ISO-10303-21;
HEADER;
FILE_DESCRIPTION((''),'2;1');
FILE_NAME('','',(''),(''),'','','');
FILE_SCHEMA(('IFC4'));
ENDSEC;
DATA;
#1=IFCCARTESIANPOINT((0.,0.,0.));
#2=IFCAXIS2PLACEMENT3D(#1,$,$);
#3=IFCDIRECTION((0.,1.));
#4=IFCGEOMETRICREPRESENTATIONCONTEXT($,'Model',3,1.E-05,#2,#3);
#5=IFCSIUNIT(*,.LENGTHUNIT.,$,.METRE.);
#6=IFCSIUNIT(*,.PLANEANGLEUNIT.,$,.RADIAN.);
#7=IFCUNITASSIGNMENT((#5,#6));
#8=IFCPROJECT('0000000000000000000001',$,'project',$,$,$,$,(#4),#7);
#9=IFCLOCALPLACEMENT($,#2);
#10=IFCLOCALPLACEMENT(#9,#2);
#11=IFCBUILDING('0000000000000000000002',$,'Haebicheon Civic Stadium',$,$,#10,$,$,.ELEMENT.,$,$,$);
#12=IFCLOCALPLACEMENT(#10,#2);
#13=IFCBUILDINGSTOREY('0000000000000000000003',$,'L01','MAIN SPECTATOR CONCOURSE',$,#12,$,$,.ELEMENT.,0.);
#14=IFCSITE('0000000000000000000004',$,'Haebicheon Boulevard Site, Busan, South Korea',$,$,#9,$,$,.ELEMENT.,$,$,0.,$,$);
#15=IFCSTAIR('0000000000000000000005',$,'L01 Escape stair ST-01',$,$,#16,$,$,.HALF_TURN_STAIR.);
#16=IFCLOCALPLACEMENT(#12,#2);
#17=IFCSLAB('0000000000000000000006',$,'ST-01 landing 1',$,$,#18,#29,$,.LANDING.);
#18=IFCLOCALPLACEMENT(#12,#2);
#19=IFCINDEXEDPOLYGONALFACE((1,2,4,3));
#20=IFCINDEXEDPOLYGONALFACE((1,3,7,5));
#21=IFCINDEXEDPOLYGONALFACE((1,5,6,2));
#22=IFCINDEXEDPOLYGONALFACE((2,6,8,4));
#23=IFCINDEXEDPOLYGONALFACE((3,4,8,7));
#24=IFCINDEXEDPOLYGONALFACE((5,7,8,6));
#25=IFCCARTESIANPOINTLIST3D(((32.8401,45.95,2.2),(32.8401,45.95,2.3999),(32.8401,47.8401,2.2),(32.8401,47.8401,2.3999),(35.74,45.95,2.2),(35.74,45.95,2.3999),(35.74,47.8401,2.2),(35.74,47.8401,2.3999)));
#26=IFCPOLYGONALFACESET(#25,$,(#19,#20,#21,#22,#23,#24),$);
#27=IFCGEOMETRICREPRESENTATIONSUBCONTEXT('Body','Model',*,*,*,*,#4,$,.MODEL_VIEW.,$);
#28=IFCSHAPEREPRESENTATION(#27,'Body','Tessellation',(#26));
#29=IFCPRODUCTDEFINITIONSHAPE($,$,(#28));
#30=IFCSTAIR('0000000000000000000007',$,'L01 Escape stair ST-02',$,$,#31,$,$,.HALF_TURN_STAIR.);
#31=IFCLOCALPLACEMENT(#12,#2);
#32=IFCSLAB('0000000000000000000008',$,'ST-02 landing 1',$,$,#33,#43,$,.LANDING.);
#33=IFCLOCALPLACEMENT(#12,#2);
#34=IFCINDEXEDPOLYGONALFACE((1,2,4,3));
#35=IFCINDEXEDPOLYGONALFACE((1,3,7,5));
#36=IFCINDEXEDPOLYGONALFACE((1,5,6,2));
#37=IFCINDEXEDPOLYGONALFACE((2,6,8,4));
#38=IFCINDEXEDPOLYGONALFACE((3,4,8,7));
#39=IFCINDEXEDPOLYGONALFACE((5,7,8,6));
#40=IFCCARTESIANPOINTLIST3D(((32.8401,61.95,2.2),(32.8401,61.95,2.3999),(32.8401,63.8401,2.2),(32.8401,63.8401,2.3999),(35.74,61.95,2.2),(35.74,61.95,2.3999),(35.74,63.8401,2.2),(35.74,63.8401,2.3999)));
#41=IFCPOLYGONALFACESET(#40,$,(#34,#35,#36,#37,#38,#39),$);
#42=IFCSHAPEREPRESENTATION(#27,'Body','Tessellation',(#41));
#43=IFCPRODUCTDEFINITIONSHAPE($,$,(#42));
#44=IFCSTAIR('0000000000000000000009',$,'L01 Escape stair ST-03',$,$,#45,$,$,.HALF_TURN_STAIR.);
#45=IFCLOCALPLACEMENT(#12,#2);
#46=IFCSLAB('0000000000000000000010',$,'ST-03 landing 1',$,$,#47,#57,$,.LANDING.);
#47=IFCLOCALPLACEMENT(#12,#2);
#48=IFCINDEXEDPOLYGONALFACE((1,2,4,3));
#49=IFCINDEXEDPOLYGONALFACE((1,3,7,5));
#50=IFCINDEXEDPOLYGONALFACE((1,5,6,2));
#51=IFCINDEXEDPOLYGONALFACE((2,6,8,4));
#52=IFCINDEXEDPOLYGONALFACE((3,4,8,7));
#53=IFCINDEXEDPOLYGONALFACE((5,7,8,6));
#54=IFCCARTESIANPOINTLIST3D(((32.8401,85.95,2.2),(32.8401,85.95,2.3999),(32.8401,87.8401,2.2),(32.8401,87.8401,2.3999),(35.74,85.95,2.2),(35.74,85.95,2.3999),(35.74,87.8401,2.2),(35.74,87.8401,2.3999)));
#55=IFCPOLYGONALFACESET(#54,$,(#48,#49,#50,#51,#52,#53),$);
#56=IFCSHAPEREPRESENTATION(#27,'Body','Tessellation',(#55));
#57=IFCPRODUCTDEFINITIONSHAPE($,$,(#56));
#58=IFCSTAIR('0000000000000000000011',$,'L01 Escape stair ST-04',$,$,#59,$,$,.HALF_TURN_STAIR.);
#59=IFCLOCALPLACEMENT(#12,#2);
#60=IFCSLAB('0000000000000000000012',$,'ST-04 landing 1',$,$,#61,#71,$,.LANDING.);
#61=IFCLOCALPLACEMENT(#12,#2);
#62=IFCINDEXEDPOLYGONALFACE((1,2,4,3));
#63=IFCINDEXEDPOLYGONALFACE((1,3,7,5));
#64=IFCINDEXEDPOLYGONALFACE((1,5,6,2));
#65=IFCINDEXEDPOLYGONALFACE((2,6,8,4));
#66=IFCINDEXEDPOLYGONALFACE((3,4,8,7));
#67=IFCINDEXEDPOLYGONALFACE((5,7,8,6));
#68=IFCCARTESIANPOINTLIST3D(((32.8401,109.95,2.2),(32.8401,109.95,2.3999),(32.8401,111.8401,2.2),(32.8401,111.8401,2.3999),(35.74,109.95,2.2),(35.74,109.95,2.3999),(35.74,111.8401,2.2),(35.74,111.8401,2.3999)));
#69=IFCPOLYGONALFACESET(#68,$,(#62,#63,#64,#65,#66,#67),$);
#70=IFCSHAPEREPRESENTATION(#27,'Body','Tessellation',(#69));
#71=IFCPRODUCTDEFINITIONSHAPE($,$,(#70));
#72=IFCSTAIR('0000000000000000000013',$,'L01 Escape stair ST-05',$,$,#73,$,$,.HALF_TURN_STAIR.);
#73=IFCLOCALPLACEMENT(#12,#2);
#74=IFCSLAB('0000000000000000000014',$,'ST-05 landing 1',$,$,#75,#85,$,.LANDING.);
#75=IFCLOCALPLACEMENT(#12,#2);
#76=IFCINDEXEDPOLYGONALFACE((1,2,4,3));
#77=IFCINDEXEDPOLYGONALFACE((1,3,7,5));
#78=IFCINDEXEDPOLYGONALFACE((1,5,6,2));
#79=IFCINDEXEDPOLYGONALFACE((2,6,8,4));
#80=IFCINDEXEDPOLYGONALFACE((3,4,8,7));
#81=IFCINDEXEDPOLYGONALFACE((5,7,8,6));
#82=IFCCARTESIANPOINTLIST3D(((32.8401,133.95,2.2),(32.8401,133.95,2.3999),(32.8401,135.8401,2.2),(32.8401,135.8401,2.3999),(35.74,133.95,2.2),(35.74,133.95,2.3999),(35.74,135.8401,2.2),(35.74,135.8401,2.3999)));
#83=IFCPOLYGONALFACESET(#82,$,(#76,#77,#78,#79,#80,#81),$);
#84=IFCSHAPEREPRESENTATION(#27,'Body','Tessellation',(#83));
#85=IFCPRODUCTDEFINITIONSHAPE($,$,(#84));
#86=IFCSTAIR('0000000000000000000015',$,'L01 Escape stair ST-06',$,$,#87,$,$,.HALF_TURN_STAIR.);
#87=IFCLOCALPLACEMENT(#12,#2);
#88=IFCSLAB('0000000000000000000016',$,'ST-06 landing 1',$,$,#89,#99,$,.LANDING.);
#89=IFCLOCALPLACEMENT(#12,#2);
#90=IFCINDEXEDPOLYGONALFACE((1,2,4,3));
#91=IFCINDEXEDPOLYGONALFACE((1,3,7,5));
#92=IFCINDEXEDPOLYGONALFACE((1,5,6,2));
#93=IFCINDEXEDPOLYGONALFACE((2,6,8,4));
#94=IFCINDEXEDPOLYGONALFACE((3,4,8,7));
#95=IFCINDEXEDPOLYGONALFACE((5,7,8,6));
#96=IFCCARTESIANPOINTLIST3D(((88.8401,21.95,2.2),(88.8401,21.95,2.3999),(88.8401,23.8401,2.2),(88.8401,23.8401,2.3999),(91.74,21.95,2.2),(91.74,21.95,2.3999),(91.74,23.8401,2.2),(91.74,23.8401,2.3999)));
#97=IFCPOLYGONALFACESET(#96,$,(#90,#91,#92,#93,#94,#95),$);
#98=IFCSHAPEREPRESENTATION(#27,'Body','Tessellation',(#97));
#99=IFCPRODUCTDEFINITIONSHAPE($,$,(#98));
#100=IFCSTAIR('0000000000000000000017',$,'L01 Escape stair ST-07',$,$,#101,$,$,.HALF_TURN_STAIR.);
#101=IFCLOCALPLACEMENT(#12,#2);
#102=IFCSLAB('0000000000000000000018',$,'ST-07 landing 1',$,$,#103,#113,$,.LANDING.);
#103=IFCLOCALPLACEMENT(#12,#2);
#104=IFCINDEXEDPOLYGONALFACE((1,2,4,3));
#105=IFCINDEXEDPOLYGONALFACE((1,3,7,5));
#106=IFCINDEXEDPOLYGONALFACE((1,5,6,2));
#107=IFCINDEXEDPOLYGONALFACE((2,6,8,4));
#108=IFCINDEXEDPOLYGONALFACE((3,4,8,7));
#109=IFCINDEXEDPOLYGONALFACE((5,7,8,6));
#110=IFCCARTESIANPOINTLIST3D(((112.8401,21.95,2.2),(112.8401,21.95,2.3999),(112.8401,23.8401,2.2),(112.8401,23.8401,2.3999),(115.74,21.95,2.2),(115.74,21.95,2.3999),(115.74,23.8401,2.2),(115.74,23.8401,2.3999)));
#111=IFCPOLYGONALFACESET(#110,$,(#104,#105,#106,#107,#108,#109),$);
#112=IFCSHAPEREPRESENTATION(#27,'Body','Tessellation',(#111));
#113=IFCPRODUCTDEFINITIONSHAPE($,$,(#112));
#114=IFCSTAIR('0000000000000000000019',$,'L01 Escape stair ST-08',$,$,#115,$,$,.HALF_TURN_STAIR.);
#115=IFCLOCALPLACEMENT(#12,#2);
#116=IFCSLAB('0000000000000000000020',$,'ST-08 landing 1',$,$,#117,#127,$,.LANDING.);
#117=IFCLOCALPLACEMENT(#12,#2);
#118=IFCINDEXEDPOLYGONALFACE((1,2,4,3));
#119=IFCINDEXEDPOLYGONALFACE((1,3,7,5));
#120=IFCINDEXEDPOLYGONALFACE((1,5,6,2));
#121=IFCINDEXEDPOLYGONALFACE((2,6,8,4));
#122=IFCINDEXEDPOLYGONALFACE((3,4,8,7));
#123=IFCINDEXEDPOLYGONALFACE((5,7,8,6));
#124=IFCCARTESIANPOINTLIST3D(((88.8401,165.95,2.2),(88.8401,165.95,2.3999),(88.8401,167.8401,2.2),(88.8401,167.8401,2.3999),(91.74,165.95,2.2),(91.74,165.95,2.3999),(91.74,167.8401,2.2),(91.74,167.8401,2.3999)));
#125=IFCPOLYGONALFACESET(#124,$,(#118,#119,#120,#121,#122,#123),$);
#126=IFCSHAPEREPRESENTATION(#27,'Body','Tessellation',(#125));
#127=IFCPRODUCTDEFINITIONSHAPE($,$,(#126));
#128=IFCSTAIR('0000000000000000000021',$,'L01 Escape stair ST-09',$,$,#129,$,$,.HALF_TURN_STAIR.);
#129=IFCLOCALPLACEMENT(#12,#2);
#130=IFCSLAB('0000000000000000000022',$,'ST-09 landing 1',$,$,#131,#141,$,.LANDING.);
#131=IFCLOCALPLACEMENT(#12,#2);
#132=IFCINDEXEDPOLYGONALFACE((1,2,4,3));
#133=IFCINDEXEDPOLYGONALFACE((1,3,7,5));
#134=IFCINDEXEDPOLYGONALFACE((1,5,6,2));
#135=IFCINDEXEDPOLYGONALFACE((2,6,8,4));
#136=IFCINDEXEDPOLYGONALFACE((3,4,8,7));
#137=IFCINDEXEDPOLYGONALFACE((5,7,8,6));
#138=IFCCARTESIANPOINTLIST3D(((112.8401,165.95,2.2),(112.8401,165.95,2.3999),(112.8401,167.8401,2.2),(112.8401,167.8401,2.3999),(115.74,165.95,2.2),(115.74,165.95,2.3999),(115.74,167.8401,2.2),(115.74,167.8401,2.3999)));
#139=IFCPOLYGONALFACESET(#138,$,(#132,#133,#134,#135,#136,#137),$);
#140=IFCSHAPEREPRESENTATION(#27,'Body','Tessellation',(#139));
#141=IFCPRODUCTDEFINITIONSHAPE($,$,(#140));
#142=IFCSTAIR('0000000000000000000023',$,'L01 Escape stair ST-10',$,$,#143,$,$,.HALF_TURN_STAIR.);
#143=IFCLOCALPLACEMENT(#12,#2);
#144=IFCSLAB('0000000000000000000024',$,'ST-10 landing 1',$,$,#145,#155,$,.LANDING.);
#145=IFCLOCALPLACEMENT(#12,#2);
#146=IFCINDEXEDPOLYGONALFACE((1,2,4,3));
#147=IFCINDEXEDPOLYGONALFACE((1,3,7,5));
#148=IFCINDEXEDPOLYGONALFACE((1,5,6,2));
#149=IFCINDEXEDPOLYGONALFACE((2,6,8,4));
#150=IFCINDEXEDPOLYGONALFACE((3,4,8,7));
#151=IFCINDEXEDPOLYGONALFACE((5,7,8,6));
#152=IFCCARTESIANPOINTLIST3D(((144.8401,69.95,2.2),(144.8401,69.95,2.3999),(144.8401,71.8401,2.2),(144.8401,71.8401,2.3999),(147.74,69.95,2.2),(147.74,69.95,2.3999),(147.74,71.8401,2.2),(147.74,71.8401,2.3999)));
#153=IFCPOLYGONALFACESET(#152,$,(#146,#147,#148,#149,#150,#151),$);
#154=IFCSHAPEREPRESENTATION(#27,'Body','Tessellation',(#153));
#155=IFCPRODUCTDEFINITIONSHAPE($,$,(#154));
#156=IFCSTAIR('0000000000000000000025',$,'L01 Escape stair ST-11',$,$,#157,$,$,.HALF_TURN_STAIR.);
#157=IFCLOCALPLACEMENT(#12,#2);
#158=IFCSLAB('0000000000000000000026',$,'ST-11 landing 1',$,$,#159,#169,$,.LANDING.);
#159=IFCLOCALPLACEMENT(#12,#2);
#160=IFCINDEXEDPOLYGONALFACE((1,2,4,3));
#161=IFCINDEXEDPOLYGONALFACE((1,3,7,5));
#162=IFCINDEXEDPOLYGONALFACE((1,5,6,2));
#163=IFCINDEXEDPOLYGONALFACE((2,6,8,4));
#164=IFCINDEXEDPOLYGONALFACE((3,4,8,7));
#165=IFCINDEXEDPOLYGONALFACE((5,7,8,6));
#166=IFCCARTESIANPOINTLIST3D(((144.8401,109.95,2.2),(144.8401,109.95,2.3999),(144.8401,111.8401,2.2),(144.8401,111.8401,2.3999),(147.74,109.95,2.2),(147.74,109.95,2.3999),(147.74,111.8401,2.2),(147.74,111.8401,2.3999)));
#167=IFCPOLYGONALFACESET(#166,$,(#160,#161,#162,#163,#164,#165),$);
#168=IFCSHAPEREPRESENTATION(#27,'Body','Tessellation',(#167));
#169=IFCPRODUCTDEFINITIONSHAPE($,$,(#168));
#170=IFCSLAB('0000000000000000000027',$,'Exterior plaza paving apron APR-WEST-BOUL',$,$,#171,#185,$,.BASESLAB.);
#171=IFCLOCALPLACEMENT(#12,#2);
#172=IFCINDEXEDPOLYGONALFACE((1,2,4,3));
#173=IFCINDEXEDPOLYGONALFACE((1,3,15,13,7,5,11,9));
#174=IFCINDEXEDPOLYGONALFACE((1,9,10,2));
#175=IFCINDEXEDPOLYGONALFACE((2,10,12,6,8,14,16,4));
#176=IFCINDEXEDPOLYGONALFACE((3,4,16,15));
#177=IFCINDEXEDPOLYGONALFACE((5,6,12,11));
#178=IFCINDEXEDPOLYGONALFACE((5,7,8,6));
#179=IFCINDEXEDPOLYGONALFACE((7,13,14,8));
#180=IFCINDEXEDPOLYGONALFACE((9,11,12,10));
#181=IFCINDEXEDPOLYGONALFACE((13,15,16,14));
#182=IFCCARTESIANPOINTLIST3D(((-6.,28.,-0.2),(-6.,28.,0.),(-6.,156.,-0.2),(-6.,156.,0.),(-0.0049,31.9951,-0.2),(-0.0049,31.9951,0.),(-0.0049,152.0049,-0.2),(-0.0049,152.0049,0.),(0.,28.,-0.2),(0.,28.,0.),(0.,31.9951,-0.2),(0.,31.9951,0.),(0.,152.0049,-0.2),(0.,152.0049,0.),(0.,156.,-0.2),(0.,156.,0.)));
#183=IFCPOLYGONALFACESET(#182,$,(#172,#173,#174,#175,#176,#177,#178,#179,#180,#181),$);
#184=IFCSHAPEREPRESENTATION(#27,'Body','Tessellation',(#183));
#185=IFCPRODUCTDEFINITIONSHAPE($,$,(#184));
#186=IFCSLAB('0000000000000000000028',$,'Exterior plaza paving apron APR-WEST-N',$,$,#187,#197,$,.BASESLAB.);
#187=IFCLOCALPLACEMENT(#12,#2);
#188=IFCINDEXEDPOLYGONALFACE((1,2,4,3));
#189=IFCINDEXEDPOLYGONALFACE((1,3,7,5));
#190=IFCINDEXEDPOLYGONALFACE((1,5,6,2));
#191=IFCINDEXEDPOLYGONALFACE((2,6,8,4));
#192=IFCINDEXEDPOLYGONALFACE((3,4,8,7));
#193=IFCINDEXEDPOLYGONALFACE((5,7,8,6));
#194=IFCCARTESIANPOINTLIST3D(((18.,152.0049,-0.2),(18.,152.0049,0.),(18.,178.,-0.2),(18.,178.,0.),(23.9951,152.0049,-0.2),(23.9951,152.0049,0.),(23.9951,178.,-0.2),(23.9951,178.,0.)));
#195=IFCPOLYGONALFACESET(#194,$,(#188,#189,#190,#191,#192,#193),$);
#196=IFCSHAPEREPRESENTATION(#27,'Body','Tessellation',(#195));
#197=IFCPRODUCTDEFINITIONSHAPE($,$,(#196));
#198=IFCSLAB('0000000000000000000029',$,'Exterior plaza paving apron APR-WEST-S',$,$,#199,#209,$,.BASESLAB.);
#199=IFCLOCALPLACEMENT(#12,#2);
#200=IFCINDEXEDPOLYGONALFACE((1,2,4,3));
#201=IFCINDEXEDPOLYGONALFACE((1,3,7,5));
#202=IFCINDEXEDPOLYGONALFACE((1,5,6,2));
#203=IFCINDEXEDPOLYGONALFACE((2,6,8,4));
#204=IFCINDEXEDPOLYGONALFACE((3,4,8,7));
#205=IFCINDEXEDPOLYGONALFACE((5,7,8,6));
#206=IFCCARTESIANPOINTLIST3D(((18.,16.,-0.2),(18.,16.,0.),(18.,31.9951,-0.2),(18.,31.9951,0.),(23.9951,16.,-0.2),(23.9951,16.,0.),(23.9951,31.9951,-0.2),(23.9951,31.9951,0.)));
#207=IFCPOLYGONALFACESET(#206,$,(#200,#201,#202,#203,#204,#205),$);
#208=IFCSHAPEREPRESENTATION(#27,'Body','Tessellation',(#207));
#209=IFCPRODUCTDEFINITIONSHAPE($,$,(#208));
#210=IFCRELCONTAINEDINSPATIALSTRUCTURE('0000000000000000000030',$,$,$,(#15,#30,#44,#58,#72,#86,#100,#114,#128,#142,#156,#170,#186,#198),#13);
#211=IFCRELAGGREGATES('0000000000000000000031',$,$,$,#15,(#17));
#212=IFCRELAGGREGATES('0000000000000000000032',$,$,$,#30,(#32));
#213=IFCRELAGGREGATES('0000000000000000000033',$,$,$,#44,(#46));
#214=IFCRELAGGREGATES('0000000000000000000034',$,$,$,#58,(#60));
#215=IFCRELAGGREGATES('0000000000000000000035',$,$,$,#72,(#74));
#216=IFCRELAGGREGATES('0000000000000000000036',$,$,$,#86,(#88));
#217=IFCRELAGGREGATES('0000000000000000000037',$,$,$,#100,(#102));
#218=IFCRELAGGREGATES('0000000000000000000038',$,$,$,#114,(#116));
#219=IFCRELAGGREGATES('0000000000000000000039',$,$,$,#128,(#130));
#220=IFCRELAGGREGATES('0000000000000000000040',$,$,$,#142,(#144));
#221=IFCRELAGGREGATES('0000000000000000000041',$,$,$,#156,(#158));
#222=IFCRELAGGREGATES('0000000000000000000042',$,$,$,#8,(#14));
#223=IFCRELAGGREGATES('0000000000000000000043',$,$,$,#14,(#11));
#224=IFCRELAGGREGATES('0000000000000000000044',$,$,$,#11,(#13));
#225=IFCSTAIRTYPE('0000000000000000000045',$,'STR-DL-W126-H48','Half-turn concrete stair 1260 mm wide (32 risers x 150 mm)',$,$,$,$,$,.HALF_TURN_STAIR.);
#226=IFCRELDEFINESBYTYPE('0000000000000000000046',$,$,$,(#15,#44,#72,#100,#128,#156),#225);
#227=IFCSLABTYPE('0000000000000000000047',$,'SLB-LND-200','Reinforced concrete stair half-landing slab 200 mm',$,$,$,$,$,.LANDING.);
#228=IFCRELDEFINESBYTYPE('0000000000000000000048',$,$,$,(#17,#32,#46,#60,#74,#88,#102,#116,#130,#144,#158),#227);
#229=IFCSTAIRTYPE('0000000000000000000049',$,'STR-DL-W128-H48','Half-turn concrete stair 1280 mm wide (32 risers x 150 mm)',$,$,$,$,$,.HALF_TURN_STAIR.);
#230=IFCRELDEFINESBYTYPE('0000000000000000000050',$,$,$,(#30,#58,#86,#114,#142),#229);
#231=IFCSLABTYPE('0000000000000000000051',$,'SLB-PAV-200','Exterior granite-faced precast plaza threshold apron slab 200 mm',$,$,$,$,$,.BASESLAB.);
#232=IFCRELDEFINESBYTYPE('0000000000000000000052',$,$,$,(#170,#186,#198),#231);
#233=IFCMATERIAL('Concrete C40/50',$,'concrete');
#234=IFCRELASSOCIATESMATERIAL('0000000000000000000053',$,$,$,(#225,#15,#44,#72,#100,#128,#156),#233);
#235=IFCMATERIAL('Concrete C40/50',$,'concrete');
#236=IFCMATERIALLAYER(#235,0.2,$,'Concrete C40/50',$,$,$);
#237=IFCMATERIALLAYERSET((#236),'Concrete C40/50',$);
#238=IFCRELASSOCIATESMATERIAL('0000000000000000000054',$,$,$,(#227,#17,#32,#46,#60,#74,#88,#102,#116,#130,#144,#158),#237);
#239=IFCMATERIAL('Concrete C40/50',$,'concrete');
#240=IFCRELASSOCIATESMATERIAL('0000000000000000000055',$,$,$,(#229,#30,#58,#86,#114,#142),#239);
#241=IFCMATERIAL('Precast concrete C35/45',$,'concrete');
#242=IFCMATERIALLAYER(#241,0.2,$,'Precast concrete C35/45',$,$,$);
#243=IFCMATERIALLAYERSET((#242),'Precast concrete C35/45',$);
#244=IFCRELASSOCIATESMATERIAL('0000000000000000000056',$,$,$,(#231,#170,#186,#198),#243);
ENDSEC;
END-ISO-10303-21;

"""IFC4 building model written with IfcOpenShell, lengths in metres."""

from ifc_helpers import new_model, si_unit, direction, frame, origin, place, context, subcontext, project, spatial, polyline, outline, extrude, material, layer, layer_set, type_object, element, aggregate, save


model = new_model("IFC4")

# Units and contexts
model_context = context("Model", 3, precision=1e-05, world=origin(), true_north=direction((0.0, 1.0)))
body_context = subcontext(model_context, "Body", "Model", "MODEL_VIEW")
ifc_project = project(units=[si_unit("LENGTHUNIT", "METRE"), si_unit("PLANEANGLEUNIT", "RADIAN")], contexts=[model_context])

# Site, building, storey
site_placement = place(None, origin())
site = spatial("IfcSite", under=ifc_project, at=site_placement, Name="Haebicheon Boulevard Site, Busan, South Korea", CompositionType="ELEMENT", RefElevation=0.0)
building_placement = place(site_placement, origin())
building = spatial("IfcBuilding", under=site, at=building_placement, Name="Haebicheon Civic Stadium", CompositionType="ELEMENT")
storey_placement = place(building_placement, origin())
storey = spatial("IfcBuildingStorey", under=building, at=storey_placement, Name="L01", Description="MAIN SPECTATOR CONCOURSE", CompositionType="ELEMENT", Elevation=0.0)

# Stairs, slabs
ifc_material_1 = material(Name="Concrete C40/50", Category="concrete")
stair_type_1 = type_object("IfcStairType", Name="STR-DL-W126-H48", Description="Half-turn concrete stair 1260 mm wide (32 risers x 150 mm)", PredefinedType="HALF_TURN_STAIR", material=ifc_material_1)
stair_1_placement = place(storey_placement, origin())
stair_1 = element("IfcStair", 1, at=stair_1_placement, inside=storey, type_object=stair_type_1, material=ifc_material_1, Name="L01 Escape stair ST-01", PredefinedType="HALF_TURN_STAIR")
ifc_material_2 = material(Name="Concrete C40/50", Category="concrete")
ifc_layer_1 = layer(ifc_material_2, 0.2, Name="Concrete C40/50")
ifc_layer_set_1 = layer_set([ifc_layer_1], Name="Concrete C40/50")
slab_type_1 = type_object("IfcSlabType", Name="SLB-LND-200", Description="Reinforced concrete stair half-landing slab 200 mm", PredefinedType="LANDING", material=ifc_layer_set_1)
slab_1_placement = place(storey_placement, frame((0.0, 0.0, 2.2)))
slab_1 = element("IfcSlab", 2, at=slab_1_placement, type_object=slab_type_1, material=ifc_layer_set_1, Name="ST-01 landing 1", PredefinedType="LANDING", context=body_context, shape_type="SweptSolid", body=[
    extrude(outline(polyline([(35.74, 45.95), (35.74, 47.8401), (32.8401, 47.8401), (32.8401, 45.95), (35.74, 45.95)])), origin(), (0.0, 0.0, 1.0), 0.2),
])
aggregate(stair_1, [slab_1])
ifc_material_3 = material(Name="Concrete C40/50", Category="concrete")
stair_type_2 = type_object("IfcStairType", Name="STR-DL-W128-H48", Description="Half-turn concrete stair 1280 mm wide (32 risers x 150 mm)", PredefinedType="HALF_TURN_STAIR", material=ifc_material_3)
stair_2_placement = place(storey_placement, origin())
stair_2 = element("IfcStair", 3, at=stair_2_placement, inside=storey, type_object=stair_type_2, material=ifc_material_3, Name="L01 Escape stair ST-02", PredefinedType="HALF_TURN_STAIR")
slab_2_placement = place(storey_placement, frame((0.0, 0.0, 2.2)))
slab_2 = element("IfcSlab", 4, at=slab_2_placement, type_object=slab_type_1, material=ifc_layer_set_1, Name="ST-02 landing 1", PredefinedType="LANDING", context=body_context, shape_type="SweptSolid", body=[
    extrude(outline(polyline([(35.74, 61.95), (35.74, 63.8401), (32.8401, 63.8401), (32.8401, 61.95), (35.74, 61.95)])), origin(), (0.0, 0.0, 1.0), 0.2),
])
aggregate(stair_2, [slab_2])
stair_3_placement = place(storey_placement, origin())
stair_3 = element("IfcStair", 5, at=stair_3_placement, inside=storey, type_object=stair_type_1, material=ifc_material_1, Name="L01 Escape stair ST-03", PredefinedType="HALF_TURN_STAIR")
slab_3_placement = place(storey_placement, frame((0.0, 0.0, 2.2)))
slab_3 = element("IfcSlab", 6, at=slab_3_placement, type_object=slab_type_1, material=ifc_layer_set_1, Name="ST-03 landing 1", PredefinedType="LANDING", context=body_context, shape_type="SweptSolid", body=[
    extrude(outline(polyline([(35.74, 85.95), (35.74, 87.8401), (32.8401, 87.8401), (32.8401, 85.95), (35.74, 85.95)])), origin(), (0.0, 0.0, 1.0), 0.2),
])
aggregate(stair_3, [slab_3])
stair_4_placement = place(storey_placement, origin())
stair_4 = element("IfcStair", 7, at=stair_4_placement, inside=storey, type_object=stair_type_2, material=ifc_material_3, Name="L01 Escape stair ST-04", PredefinedType="HALF_TURN_STAIR")
slab_4_placement = place(storey_placement, frame((0.0, 0.0, 2.2)))
slab_4 = element("IfcSlab", 8, at=slab_4_placement, type_object=slab_type_1, material=ifc_layer_set_1, Name="ST-04 landing 1", PredefinedType="LANDING", context=body_context, shape_type="SweptSolid", body=[
    extrude(outline(polyline([(35.74, 109.95), (35.74, 111.8401), (32.8401, 111.8401), (32.8401, 109.95), (35.74, 109.95)])), origin(), (0.0, 0.0, 1.0), 0.2),
])
aggregate(stair_4, [slab_4])
stair_5_placement = place(storey_placement, origin())
stair_5 = element("IfcStair", 9, at=stair_5_placement, inside=storey, type_object=stair_type_1, material=ifc_material_1, Name="L01 Escape stair ST-05", PredefinedType="HALF_TURN_STAIR")
slab_5_placement = place(storey_placement, frame((0.0, 0.0, 2.2)))
slab_5 = element("IfcSlab", 10, at=slab_5_placement, type_object=slab_type_1, material=ifc_layer_set_1, Name="ST-05 landing 1", PredefinedType="LANDING", context=body_context, shape_type="SweptSolid", body=[
    extrude(outline(polyline([(35.74, 133.95), (35.74, 135.8401), (32.8401, 135.8401), (32.8401, 133.95), (35.74, 133.95)])), origin(), (0.0, 0.0, 1.0), 0.2),
])
aggregate(stair_5, [slab_5])
stair_6_placement = place(storey_placement, origin())
stair_6 = element("IfcStair", 11, at=stair_6_placement, inside=storey, type_object=stair_type_2, material=ifc_material_3, Name="L01 Escape stair ST-06", PredefinedType="HALF_TURN_STAIR")
slab_6_placement = place(storey_placement, frame((0.0, 0.0, 2.2)))
slab_6 = element("IfcSlab", 12, at=slab_6_placement, type_object=slab_type_1, material=ifc_layer_set_1, Name="ST-06 landing 1", PredefinedType="LANDING", context=body_context, shape_type="SweptSolid", body=[
    extrude(outline(polyline([(91.74, 21.95), (91.74, 23.8401), (88.8401, 23.8401), (88.8401, 21.95), (91.74, 21.95)])), origin(), (0.0, 0.0, 1.0), 0.2),
])
aggregate(stair_6, [slab_6])
stair_7_placement = place(storey_placement, origin())
stair_7 = element("IfcStair", 13, at=stair_7_placement, inside=storey, type_object=stair_type_1, material=ifc_material_1, Name="L01 Escape stair ST-07", PredefinedType="HALF_TURN_STAIR")
slab_7_placement = place(storey_placement, frame((0.0, 0.0, 2.2)))
slab_7 = element("IfcSlab", 14, at=slab_7_placement, type_object=slab_type_1, material=ifc_layer_set_1, Name="ST-07 landing 1", PredefinedType="LANDING", context=body_context, shape_type="SweptSolid", body=[
    extrude(outline(polyline([(115.74, 21.95), (115.74, 23.8401), (112.8401, 23.8401), (112.8401, 21.95), (115.74, 21.95)])), origin(), (0.0, 0.0, 1.0), 0.2),
])
aggregate(stair_7, [slab_7])
stair_8_placement = place(storey_placement, origin())
stair_8 = element("IfcStair", 15, at=stair_8_placement, inside=storey, type_object=stair_type_2, material=ifc_material_3, Name="L01 Escape stair ST-08", PredefinedType="HALF_TURN_STAIR")
slab_8_placement = place(storey_placement, frame((0.0, 0.0, 2.2)))
slab_8 = element("IfcSlab", 16, at=slab_8_placement, type_object=slab_type_1, material=ifc_layer_set_1, Name="ST-08 landing 1", PredefinedType="LANDING", context=body_context, shape_type="SweptSolid", body=[
    extrude(outline(polyline([(91.74, 165.95), (91.74, 167.8401), (88.8401, 167.8401), (88.8401, 165.95), (91.74, 165.95)])), origin(), (0.0, 0.0, 1.0), 0.2),
])
aggregate(stair_8, [slab_8])
stair_9_placement = place(storey_placement, origin())
stair_9 = element("IfcStair", 17, at=stair_9_placement, inside=storey, type_object=stair_type_1, material=ifc_material_1, Name="L01 Escape stair ST-09", PredefinedType="HALF_TURN_STAIR")
slab_9_placement = place(storey_placement, frame((0.0, 0.0, 2.2)))
slab_9 = element("IfcSlab", 18, at=slab_9_placement, type_object=slab_type_1, material=ifc_layer_set_1, Name="ST-09 landing 1", PredefinedType="LANDING", context=body_context, shape_type="SweptSolid", body=[
    extrude(outline(polyline([(115.74, 165.95), (115.74, 167.8401), (112.8401, 167.8401), (112.8401, 165.95), (115.74, 165.95)])), origin(), (0.0, 0.0, 1.0), 0.2),
])
aggregate(stair_9, [slab_9])
stair_10_placement = place(storey_placement, origin())
stair_10 = element("IfcStair", 19, at=stair_10_placement, inside=storey, type_object=stair_type_2, material=ifc_material_3, Name="L01 Escape stair ST-10", PredefinedType="HALF_TURN_STAIR")
slab_10_placement = place(storey_placement, frame((0.0, 0.0, 2.2)))
slab_10 = element("IfcSlab", 20, at=slab_10_placement, type_object=slab_type_1, material=ifc_layer_set_1, Name="ST-10 landing 1", PredefinedType="LANDING", context=body_context, shape_type="SweptSolid", body=[
    extrude(outline(polyline([(147.74, 69.95), (147.74, 71.8401), (144.8401, 71.8401), (144.8401, 69.95), (147.74, 69.95)])), origin(), (0.0, 0.0, 1.0), 0.2),
])
aggregate(stair_10, [slab_10])
stair_11_placement = place(storey_placement, origin())
stair_11 = element("IfcStair", 21, at=stair_11_placement, inside=storey, type_object=stair_type_1, material=ifc_material_1, Name="L01 Escape stair ST-11", PredefinedType="HALF_TURN_STAIR")
slab_11_placement = place(storey_placement, frame((0.0, 0.0, 2.2)))
slab_11 = element("IfcSlab", 22, at=slab_11_placement, type_object=slab_type_1, material=ifc_layer_set_1, Name="ST-11 landing 1", PredefinedType="LANDING", context=body_context, shape_type="SweptSolid", body=[
    extrude(outline(polyline([(147.74, 109.95), (147.74, 111.8401), (144.8401, 111.8401), (144.8401, 109.95), (147.74, 109.95)])), origin(), (0.0, 0.0, 1.0), 0.2),
])
aggregate(stair_11, [slab_11])

# Slabs
ifc_material_4 = material(Name="Precast concrete C35/45", Category="concrete")
ifc_layer_2 = layer(ifc_material_4, 0.2, Name="Precast concrete C35/45")
ifc_layer_set_2 = layer_set([ifc_layer_2], Name="Precast concrete C35/45")
slab_type_2 = type_object("IfcSlabType", Name="SLB-PAV-200", Description="Exterior granite-faced precast plaza threshold apron slab 200 mm", PredefinedType="BASESLAB", material=ifc_layer_set_2)
slab_12_placement = place(storey_placement, frame((0.0, 0.0, -0.2)))
element("IfcSlab", 23, at=slab_12_placement, inside=storey, type_object=slab_type_2, material=ifc_layer_set_2, Name="Exterior plaza paving apron APR-WEST-BOUL", PredefinedType="BASESLAB", context=body_context, shape_type="SweptSolid", body=[
    extrude(outline(polyline([(0.0, 28.0), (-6.0, 28.0), (-6.0, 156.0), (0.0, 156.0), (0.0, 152.0049), (-0.0049, 152.0049), (-0.0049, 31.9951), (0.0, 31.9951), (0.0, 28.0)])), origin(), (0.0, 0.0, 1.0), 0.2),
])
slab_13_placement = place(storey_placement, frame((0.0, 0.0, -0.2)))
element("IfcSlab", 24, at=slab_13_placement, inside=storey, type_object=slab_type_2, material=ifc_layer_set_2, Name="Exterior plaza paving apron APR-WEST-N", PredefinedType="BASESLAB", context=body_context, shape_type="SweptSolid", body=[
    extrude(outline(polyline([(18.0, 178.0), (23.9951, 178.0), (23.9951, 152.0049), (18.0, 152.0049), (18.0, 178.0)])), origin(), (0.0, 0.0, 1.0), 0.2),
])
slab_14_placement = place(storey_placement, frame((0.0, 0.0, -0.2)))
element("IfcSlab", 25, at=slab_14_placement, inside=storey, type_object=slab_type_2, material=ifc_layer_set_2, Name="Exterior plaza paving apron APR-WEST-S", PredefinedType="BASESLAB", context=body_context, shape_type="SweptSolid", body=[
    extrude(outline(polyline([(18.0, 16.0), (18.0, 31.9951), (23.9951, 31.9951), (23.9951, 16.0), (18.0, 16.0)])), origin(), (0.0, 0.0, 1.0), 0.2),
])

save(model, "model.ifc")
